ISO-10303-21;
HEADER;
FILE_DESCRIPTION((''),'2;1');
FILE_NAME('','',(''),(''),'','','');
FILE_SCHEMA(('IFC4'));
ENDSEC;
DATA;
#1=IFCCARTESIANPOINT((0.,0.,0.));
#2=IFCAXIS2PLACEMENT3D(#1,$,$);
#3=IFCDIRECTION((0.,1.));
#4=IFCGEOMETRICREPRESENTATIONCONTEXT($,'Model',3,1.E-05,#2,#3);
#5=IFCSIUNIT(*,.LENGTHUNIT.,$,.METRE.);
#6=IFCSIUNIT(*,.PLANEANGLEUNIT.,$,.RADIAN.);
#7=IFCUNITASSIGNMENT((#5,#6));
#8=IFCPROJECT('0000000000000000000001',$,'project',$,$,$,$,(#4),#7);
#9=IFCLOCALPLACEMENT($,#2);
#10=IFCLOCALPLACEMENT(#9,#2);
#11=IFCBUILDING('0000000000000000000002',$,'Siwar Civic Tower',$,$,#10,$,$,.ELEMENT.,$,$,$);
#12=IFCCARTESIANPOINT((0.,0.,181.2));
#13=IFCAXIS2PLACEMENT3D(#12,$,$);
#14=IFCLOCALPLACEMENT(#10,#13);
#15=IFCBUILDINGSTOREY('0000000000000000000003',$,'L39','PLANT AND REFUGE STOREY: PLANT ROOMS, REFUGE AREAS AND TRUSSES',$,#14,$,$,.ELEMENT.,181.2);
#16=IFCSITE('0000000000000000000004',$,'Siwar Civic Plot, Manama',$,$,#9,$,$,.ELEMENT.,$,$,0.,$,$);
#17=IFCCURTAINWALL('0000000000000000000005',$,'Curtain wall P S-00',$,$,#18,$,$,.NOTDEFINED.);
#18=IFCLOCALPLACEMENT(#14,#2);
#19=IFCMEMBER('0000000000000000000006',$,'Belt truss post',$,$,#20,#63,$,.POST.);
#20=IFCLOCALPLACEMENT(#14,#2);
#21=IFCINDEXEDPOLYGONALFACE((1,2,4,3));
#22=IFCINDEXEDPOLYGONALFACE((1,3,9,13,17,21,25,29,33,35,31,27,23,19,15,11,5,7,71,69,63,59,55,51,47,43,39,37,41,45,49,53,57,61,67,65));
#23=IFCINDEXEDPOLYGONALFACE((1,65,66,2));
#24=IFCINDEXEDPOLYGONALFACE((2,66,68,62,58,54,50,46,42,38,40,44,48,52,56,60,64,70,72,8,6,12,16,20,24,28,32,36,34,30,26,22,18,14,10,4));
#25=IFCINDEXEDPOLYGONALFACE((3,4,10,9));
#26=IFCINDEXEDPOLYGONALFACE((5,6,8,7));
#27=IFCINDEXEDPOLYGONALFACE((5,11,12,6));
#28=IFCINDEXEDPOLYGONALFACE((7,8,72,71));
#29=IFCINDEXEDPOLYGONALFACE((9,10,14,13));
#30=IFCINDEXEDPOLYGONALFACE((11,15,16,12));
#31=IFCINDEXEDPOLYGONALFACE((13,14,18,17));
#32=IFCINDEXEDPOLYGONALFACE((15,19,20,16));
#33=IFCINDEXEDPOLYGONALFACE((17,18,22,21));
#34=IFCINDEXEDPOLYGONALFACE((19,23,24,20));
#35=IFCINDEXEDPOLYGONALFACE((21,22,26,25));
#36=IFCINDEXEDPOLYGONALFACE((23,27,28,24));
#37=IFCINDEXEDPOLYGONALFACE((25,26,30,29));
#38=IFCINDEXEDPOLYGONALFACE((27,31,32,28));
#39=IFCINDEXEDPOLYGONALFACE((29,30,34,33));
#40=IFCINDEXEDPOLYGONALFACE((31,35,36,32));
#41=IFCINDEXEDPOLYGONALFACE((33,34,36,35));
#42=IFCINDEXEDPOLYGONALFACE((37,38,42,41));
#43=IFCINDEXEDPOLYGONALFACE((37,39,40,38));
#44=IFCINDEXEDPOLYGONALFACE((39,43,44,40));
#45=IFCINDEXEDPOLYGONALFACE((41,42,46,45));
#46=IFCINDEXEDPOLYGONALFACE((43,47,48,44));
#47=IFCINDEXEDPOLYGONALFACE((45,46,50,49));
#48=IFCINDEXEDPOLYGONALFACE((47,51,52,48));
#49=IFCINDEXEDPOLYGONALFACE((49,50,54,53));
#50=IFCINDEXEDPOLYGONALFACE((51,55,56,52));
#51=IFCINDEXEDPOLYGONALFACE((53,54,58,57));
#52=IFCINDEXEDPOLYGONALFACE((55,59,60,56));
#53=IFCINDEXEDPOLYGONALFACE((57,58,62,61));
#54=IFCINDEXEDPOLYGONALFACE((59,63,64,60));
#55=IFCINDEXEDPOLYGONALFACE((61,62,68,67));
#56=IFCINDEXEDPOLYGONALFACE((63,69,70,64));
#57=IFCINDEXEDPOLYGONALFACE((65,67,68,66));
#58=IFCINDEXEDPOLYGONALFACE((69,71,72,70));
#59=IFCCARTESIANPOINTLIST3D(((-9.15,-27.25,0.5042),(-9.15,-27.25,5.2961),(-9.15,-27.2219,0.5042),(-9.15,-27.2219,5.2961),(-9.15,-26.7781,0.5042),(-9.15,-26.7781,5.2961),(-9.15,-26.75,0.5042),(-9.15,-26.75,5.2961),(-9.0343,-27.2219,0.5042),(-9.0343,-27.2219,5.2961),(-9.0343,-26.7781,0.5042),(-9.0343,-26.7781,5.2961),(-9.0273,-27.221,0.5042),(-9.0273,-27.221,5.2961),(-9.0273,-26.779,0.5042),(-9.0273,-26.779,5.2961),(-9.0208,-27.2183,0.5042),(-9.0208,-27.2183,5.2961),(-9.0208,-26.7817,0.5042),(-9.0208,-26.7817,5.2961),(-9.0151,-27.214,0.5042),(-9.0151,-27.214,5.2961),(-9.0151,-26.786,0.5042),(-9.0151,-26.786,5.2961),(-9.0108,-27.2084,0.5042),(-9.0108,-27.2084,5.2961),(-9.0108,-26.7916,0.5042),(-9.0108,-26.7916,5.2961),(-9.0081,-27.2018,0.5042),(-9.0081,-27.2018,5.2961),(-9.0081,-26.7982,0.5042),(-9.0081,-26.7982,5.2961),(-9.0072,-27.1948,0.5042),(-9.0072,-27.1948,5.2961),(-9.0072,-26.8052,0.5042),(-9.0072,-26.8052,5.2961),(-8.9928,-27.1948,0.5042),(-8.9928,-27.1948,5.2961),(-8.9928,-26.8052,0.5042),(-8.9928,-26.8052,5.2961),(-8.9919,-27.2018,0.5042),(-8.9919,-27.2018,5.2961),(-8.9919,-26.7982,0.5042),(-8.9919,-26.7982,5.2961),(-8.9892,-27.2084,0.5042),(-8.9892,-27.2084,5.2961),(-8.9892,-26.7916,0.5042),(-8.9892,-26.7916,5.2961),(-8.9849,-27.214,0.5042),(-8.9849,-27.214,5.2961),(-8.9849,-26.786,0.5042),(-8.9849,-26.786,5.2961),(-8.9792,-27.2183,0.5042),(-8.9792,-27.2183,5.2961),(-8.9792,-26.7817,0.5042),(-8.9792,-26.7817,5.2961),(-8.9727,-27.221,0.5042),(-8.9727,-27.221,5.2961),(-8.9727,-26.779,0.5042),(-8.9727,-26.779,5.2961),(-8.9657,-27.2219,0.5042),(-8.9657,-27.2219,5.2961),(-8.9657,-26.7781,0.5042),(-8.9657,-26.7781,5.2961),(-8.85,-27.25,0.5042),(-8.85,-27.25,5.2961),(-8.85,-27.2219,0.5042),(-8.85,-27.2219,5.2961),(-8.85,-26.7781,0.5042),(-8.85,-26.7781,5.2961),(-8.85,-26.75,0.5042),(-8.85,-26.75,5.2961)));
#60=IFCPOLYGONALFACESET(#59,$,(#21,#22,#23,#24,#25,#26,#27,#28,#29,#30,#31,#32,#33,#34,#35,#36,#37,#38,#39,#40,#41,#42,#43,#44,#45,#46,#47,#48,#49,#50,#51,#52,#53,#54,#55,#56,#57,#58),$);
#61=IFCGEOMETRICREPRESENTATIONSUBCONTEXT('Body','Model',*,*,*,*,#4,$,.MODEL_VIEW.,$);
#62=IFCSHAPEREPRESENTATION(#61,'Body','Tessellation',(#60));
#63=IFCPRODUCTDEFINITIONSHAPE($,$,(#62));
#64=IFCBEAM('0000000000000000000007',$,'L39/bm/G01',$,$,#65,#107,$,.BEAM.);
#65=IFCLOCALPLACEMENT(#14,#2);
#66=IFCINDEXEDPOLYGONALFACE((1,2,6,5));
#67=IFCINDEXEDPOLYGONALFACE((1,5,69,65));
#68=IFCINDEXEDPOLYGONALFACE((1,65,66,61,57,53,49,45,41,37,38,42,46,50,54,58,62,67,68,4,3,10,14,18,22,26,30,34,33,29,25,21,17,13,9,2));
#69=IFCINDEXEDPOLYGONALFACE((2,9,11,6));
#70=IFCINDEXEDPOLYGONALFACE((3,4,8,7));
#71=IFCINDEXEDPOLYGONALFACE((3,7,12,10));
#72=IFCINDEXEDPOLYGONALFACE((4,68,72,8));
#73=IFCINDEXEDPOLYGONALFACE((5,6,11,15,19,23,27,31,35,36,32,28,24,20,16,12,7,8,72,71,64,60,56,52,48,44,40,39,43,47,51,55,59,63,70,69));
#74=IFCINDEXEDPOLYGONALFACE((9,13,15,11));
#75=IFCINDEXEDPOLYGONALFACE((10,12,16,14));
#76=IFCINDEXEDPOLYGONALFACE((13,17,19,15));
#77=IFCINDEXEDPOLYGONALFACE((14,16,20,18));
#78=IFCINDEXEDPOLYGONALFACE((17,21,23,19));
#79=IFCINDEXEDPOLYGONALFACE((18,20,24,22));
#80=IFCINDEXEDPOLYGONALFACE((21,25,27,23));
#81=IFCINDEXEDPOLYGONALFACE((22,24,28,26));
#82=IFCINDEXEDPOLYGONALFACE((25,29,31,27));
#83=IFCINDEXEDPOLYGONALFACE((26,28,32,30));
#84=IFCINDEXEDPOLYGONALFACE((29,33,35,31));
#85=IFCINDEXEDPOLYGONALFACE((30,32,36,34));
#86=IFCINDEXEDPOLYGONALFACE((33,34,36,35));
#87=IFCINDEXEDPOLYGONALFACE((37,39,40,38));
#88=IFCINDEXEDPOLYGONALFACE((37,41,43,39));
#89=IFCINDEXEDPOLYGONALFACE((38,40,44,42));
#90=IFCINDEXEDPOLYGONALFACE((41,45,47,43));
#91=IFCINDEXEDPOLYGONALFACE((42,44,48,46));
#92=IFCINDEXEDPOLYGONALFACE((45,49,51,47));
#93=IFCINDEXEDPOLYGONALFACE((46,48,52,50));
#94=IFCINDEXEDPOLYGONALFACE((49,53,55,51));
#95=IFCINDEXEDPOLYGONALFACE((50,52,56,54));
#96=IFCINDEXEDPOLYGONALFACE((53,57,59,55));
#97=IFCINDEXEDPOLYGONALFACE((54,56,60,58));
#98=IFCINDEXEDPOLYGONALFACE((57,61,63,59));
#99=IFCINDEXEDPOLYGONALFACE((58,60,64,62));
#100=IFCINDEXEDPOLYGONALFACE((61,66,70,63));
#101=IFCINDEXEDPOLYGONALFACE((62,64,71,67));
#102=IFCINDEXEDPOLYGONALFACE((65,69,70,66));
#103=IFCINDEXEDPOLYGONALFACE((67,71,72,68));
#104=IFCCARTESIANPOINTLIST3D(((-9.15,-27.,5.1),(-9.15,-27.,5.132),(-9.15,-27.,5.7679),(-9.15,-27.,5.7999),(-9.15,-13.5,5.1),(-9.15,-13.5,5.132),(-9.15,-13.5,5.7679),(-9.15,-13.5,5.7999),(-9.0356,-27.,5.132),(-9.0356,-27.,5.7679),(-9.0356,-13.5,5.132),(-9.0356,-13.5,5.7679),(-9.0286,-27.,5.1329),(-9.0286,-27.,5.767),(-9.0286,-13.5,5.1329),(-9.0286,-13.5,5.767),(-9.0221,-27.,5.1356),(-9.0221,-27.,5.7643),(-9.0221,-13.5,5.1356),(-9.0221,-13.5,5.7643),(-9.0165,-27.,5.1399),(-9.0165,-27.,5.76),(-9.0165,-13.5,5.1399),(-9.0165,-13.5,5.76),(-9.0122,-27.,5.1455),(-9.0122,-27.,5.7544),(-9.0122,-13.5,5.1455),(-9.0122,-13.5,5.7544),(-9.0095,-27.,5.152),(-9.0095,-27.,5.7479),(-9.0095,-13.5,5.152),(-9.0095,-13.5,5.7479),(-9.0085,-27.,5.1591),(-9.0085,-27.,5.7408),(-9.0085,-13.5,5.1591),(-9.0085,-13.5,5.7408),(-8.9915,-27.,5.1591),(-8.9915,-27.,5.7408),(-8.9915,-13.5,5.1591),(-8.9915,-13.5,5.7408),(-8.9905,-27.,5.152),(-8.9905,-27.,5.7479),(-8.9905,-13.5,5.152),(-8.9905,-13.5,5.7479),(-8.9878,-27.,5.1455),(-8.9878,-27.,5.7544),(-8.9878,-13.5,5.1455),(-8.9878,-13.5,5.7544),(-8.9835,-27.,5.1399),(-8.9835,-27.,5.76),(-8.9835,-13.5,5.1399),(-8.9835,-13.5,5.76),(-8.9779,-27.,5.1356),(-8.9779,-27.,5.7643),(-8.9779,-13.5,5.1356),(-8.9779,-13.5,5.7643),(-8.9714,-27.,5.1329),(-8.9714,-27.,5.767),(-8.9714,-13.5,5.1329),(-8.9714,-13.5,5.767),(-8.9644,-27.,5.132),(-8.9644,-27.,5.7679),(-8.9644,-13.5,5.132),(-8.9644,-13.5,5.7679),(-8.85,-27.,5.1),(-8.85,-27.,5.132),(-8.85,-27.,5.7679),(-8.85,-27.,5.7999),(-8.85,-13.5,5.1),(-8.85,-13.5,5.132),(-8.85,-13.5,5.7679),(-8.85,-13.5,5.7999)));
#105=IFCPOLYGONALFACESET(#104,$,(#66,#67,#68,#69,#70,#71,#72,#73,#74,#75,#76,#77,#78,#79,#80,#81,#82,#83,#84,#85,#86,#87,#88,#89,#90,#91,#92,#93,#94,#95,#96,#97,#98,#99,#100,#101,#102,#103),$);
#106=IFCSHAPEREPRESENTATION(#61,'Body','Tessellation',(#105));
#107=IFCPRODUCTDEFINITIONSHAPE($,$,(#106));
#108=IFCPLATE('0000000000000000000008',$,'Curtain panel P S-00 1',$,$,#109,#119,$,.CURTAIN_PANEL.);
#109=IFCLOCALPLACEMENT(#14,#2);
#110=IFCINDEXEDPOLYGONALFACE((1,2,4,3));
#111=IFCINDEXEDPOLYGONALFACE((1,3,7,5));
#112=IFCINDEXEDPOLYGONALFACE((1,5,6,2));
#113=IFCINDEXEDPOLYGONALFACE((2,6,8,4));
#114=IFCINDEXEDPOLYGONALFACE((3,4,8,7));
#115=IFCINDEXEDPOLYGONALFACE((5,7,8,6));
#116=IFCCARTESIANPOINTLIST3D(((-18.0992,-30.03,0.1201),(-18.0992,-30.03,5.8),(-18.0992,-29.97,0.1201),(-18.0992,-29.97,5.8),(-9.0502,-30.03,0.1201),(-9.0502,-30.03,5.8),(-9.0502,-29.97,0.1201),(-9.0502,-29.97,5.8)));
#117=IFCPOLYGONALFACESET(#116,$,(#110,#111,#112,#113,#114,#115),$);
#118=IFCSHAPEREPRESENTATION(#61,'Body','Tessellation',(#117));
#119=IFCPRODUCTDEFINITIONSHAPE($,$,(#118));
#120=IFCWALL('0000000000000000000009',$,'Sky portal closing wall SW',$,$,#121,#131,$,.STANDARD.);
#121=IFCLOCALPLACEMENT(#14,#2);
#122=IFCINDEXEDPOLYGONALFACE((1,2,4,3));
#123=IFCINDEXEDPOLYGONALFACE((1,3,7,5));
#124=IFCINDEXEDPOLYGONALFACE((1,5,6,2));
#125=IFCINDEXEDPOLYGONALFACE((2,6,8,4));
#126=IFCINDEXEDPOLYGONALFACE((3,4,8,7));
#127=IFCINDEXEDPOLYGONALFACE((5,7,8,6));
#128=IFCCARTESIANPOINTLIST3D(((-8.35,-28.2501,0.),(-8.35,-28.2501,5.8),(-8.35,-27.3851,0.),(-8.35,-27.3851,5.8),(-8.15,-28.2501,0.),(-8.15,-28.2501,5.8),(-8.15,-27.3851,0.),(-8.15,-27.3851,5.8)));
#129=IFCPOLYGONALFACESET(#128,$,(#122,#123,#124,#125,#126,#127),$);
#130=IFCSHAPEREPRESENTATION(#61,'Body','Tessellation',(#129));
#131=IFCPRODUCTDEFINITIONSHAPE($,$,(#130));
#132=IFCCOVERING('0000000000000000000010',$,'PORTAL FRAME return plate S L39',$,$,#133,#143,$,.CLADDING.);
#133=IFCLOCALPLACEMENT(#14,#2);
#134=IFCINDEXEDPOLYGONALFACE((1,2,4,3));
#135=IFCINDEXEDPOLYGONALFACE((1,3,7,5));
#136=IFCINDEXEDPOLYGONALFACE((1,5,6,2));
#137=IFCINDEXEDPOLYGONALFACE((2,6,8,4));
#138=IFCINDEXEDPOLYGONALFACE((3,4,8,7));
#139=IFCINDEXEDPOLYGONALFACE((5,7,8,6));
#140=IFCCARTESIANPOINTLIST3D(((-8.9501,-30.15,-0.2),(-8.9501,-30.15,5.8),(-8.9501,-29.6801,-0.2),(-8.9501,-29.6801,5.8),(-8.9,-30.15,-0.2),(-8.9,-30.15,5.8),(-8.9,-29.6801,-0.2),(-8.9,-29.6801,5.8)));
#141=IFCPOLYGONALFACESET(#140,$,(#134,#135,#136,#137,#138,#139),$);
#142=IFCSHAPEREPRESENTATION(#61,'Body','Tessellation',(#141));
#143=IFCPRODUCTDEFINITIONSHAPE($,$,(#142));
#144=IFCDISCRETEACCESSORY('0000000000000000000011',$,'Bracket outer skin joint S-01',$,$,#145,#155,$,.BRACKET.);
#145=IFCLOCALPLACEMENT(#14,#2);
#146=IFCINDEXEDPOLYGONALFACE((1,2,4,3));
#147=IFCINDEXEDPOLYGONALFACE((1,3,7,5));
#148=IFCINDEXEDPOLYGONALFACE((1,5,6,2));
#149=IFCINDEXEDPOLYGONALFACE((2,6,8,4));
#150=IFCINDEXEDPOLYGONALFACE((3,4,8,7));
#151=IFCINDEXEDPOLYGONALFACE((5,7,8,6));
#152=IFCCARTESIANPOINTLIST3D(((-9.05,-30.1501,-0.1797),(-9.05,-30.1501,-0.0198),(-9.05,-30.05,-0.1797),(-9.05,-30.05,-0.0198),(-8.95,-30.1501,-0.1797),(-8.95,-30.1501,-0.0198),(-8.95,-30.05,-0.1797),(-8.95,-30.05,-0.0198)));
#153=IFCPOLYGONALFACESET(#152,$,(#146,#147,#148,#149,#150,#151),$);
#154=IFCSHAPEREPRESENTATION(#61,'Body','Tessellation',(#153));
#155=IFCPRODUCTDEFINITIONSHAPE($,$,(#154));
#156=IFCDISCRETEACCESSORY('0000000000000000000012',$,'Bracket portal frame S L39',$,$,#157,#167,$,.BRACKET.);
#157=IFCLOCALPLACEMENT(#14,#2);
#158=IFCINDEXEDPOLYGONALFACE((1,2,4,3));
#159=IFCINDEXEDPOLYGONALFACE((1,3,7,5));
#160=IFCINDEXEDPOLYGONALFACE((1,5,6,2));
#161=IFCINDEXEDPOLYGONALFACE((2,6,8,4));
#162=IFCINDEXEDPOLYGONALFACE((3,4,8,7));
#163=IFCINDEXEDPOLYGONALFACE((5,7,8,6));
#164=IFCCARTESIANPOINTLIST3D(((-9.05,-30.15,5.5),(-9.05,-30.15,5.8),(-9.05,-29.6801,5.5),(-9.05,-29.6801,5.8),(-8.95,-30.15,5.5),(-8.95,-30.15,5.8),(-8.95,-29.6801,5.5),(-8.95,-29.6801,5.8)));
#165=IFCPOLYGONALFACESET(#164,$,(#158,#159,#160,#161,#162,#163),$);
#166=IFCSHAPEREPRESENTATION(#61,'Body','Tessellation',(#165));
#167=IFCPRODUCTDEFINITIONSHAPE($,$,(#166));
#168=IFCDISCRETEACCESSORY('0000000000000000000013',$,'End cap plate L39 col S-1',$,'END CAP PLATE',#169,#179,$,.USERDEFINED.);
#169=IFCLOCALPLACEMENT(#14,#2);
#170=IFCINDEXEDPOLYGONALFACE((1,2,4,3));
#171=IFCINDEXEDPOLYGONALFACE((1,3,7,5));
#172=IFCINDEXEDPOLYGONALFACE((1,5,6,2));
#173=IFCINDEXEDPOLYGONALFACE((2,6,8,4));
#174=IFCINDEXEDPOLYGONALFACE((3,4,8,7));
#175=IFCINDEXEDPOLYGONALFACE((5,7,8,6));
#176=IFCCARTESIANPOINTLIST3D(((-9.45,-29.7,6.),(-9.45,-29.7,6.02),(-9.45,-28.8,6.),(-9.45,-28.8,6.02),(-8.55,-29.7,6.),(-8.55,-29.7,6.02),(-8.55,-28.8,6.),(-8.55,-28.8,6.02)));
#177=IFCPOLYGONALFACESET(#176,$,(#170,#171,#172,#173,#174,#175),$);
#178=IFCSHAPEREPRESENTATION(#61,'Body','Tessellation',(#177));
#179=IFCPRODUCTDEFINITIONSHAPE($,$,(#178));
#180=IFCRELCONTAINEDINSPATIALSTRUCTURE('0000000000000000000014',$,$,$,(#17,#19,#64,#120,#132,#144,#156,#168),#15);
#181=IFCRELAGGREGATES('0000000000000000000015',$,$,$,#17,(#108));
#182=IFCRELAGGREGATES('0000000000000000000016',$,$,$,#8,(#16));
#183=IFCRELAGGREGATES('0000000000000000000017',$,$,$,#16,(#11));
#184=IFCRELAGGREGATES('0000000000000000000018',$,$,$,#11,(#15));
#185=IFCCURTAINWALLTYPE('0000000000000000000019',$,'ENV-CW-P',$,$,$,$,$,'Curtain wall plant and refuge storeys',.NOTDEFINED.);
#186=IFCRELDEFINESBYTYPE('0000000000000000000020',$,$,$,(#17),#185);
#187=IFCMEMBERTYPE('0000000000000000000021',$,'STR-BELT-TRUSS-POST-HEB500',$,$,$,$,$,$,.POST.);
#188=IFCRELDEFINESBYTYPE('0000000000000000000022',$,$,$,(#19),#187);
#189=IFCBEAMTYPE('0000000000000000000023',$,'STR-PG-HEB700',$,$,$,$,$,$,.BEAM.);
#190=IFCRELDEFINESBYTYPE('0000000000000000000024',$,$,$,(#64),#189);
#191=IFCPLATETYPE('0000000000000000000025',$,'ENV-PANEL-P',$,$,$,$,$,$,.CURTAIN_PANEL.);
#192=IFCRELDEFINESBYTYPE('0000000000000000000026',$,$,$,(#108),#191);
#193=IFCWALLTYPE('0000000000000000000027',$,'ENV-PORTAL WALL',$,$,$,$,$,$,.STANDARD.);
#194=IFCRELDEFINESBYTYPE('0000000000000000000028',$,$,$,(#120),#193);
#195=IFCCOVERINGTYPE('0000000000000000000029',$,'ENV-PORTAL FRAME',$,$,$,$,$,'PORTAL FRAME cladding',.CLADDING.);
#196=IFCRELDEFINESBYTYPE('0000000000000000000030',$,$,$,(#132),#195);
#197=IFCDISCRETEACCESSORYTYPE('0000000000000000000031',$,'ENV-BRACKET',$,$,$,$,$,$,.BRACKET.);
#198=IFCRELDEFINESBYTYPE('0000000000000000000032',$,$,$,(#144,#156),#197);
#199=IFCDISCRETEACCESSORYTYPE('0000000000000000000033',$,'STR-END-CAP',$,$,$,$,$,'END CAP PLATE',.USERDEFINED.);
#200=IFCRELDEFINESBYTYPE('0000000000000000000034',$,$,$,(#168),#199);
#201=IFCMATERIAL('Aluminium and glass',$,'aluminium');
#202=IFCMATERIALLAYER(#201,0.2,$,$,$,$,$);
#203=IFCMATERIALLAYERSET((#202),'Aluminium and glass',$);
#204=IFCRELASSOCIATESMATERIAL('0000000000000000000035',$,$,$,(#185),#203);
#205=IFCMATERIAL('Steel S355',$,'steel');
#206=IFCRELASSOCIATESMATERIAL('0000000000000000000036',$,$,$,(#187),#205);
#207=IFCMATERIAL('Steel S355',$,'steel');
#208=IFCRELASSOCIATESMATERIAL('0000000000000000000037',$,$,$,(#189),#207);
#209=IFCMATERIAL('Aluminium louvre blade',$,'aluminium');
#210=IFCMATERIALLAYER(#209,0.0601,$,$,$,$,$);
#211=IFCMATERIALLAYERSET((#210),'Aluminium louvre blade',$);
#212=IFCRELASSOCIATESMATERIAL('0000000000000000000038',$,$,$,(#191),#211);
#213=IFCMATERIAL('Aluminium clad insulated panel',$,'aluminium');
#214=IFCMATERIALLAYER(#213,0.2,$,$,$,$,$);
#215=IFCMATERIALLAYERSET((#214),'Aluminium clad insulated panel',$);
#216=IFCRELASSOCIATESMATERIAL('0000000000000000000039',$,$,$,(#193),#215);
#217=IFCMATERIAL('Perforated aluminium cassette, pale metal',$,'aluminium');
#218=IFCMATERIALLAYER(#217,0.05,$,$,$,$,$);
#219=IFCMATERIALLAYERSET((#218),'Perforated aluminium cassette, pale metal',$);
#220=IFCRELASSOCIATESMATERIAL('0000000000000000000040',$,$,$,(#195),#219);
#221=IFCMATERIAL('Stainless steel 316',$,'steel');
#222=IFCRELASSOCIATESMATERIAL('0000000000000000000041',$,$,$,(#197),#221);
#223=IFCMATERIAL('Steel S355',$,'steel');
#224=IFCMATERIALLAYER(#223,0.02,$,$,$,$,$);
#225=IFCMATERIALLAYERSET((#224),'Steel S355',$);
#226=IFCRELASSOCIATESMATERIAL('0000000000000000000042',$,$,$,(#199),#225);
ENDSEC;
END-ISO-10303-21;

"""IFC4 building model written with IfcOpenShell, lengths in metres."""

from ifc_helpers import new_model, si_unit, direction, frame, frame_2d, origin, origin_2d, place, context, subcontext, project, spatial, rectangle, i_section, extrude, material, layer, layer_set, material_profile, profile_set, type_object, element, aggregate, save


model = new_model("IFC4")

# Units and contexts
model_context = context("Model", 3, precision=1e-05, world=origin(), true_north=direction((0.0, 1.0)))
body_context = subcontext(model_context, "Body", "Model", "MODEL_VIEW")
ifc_project = project(units=[si_unit("LENGTHUNIT", "METRE"), si_unit("PLANEANGLEUNIT", "RADIAN")], contexts=[model_context])

# Site, building, storey
site_placement = place(None, origin())
site = spatial("IfcSite", under=ifc_project, at=site_placement, Name="Siwar Civic Plot, Manama", CompositionType="ELEMENT", RefElevation=0.0)
building_placement = place(site_placement, origin())
building = spatial("IfcBuilding", under=site, at=building_placement, Name="Siwar Civic Tower", CompositionType="ELEMENT")
storey_placement = place(building_placement, frame((0.0, 0.0, 181.2)))
storey = spatial("IfcBuildingStorey", under=building, at=storey_placement, Name="L39", Description="PLANT AND REFUGE STOREY: PLANT ROOMS, REFUGE AREAS AND TRUSSES", CompositionType="ELEMENT", Elevation=181.2)

# Curtain wall
ifc_material_1 = material(Name="Aluminium and glass", Category="aluminium")
ifc_layer_1 = layer(ifc_material_1, 0.2)
ifc_layer_set_1 = layer_set([ifc_layer_1], Name="Aluminium and glass")
curtain_wall_type = type_object("IfcCurtainWallType", Name="ENV-CW-P", ElementType="Curtain wall plant and refuge storeys", PredefinedType="NOTDEFINED", material=ifc_layer_set_1)
curtain_wall_placement = place(storey_placement, origin())
curtain_wall = element("IfcCurtainWall", 1, at=curtain_wall_placement, inside=storey, type_object=curtain_wall_type, Name="Curtain wall P S-00", PredefinedType="NOTDEFINED")

# Member
ifc_material_2 = material(Name="Steel S355", Category="steel")
ifc_material_profile_1 = material_profile(ifc_material_2, i_section(OverallWidth=0.3, OverallDepth=0.5, WebThickness=0.0144, FlangeThickness=0.0281, FilletRadius=0.0271, at=origin_2d()), Name="HEB500")
ifc_profile_set_1 = profile_set([ifc_material_profile_1], Name="Steel S355")
member_type_1 = type_object("IfcMemberType", Name="STR-BELT-TRUSS-POST-HEB500", PredefinedType="POST", material=ifc_profile_set_1)
member_1_placement = place(storey_placement, frame((-9.0, -27.0, 0.5042), z_axis=(0.0, 0.0, 1.0), x_axis=(1.0, 0.0, 0.0)))
element("IfcMember", 2, at=member_1_placement, inside=storey, type_object=member_type_1, Name="Belt truss post", PredefinedType="POST", context=body_context, shape_type="SweptSolid", body=[
    extrude(i_section(OverallWidth=0.3, OverallDepth=0.5, WebThickness=0.0144, FlangeThickness=0.0281, FilletRadius=0.0271, at=origin_2d()), origin(), (0.0, 0.0, 1.0), 4.792),
])

# Beam
ifc_material_3 = material(Name="Steel S355", Category="steel")
ifc_material_profile_2 = material_profile(ifc_material_3, i_section(OverallWidth=0.3, OverallDepth=0.7, WebThickness=0.0171, FlangeThickness=0.032, FilletRadius=0.0271, at=origin_2d()), Name="HEB700")
ifc_profile_set_2 = profile_set([ifc_material_profile_2], Name="Steel S355")
beam_type_1 = type_object("IfcBeamType", Name="STR-PG-HEB700", PredefinedType="BEAM", material=ifc_profile_set_2)
beam_placement = place(storey_placement, frame((-9.0, -27.0, 5.45), z_axis=(0.0, 1.0, 0.0), x_axis=(-1.0, 0.0, 0.0)))
element("IfcBeam", 3, at=beam_placement, inside=storey, type_object=beam_type_1, Name="L39/bm/G01", PredefinedType="BEAM", context=body_context, shape_type="SweptSolid", body=[
    extrude(i_section(OverallWidth=0.3, OverallDepth=0.7, WebThickness=0.0171, FlangeThickness=0.032, FilletRadius=0.0271, at=origin_2d()), origin(), (0.0, 0.0, 1.0), 13.5),
])

# Plate
ifc_material_4 = material(Name="Aluminium louvre blade", Category="aluminium")
ifc_layer_2 = layer(ifc_material_4, 0.0601)
ifc_layer_set_2 = layer_set([ifc_layer_2], Name="Aluminium louvre blade")
plate_type = type_object("IfcPlateType", Name="ENV-PANEL-P", PredefinedType="CURTAIN_PANEL", material=ifc_layer_set_2)
plate_placement = place(storey_placement, frame((-13.5747, -30.0, 0.1201), z_axis=(0.0, 0.0, 1.0), x_axis=(1.0, 0.0, 0.0)))
plate = element("IfcPlate", 4, at=plate_placement, type_object=plate_type, Name="Curtain panel P S-00 1", PredefinedType="CURTAIN_PANEL", context=body_context, shape_type="SweptSolid", body=[
    extrude(rectangle(XDim=9.0491, YDim=0.0601, at=origin_2d()), origin(), (0.0, 0.0, 1.0), 5.6799),
])
aggregate(curtain_wall, [plate])

# Wall
ifc_material_5 = material(Name="Aluminium clad insulated panel", Category="aluminium")
ifc_layer_3 = layer(ifc_material_5, 0.2)
ifc_layer_set_3 = layer_set([ifc_layer_3], Name="Aluminium clad insulated panel")
wall_type = type_object("IfcWallType", Name="ENV-PORTAL WALL", PredefinedType="STANDARD", material=ifc_layer_set_3)
wall_placement = place(storey_placement, frame((-8.25, -27.385, 0.0), z_axis=(0.0, 0.0, 1.0), x_axis=(0.0, -1.0, 0.0)))
element("IfcWall", 5, at=wall_placement, inside=storey, type_object=wall_type, Name="Sky portal closing wall SW", PredefinedType="STANDARD", context=body_context, shape_type="SweptSolid", body=[
    extrude(rectangle(XDim=0.865, YDim=0.2, at=frame_2d((0.4326, 0.0))), origin(), (0.0, 0.0, 1.0), 5.8),
])

# Covering
ifc_material_6 = material(Name="Perforated aluminium cassette, pale metal", Category="aluminium")
ifc_layer_4 = layer(ifc_material_6, 0.05)
ifc_layer_set_4 = layer_set([ifc_layer_4], Name="Perforated aluminium cassette, pale metal")
covering_type = type_object("IfcCoveringType", Name="ENV-PORTAL FRAME", ElementType="PORTAL FRAME cladding", PredefinedType="CLADDING", material=ifc_layer_set_4)
covering_placement = place(storey_placement, frame((-8.925, -29.915, -0.2), z_axis=(0.0, 0.0, 1.0), x_axis=(1.0, 0.0, 0.0)))
element("IfcCovering", 6, at=covering_placement, inside=storey, type_object=covering_type, Name="PORTAL FRAME return plate S L39", PredefinedType="CLADDING", context=body_context, shape_type="SweptSolid", body=[
    extrude(rectangle(XDim=0.05, YDim=0.47, at=origin_2d()), origin(), (0.0, 0.0, 1.0), 6.0),
])

# Discrete accessories
ifc_material_7 = material(Name="Stainless steel 316", Category="steel")
discrete_accessory_type_1 = type_object("IfcDiscreteAccessoryType", Name="ENV-BRACKET", PredefinedType="BRACKET", material=ifc_material_7)
discrete_accessory_1_placement = place(storey_placement, frame((-9.0, -30.1001, -0.1797), z_axis=(0.0, 0.0, 1.0), x_axis=(0.0, -1.0, 0.0)))
element("IfcDiscreteAccessory", 7, at=discrete_accessory_1_placement, inside=storey, type_object=discrete_accessory_type_1, Name="Bracket outer skin joint S-01", PredefinedType="BRACKET", context=body_context, shape_type="SweptSolid", body=[
    extrude(rectangle(XDim=0.1001, YDim=0.1001, at=origin_2d()), origin(), (0.0, 0.0, 1.0), 0.1599),
])
discrete_accessory_2_placement = place(storey_placement, frame((-9.0, -29.915, 5.5), z_axis=(0.0, 0.0, 1.0), x_axis=(0.0, 1.0, 0.0)))
element("IfcDiscreteAccessory", 8, at=discrete_accessory_2_placement, inside=storey, type_object=discrete_accessory_type_1, Name="Bracket portal frame S L39", PredefinedType="BRACKET", context=body_context, shape_type="SweptSolid", body=[
    extrude(rectangle(XDim=0.47, YDim=0.1001, at=origin_2d()), origin(), (0.0, 0.0, 1.0), 0.3),
])
ifc_material_8 = material(Name="Steel S355", Category="steel")
ifc_layer_5 = layer(ifc_material_8, 0.02)
ifc_layer_set_5 = layer_set([ifc_layer_5], Name="Steel S355")
discrete_accessory_type_2 = type_object("IfcDiscreteAccessoryType", Name="STR-END-CAP", ElementType="END CAP PLATE", PredefinedType="USERDEFINED", material=ifc_layer_set_5)
discrete_accessory_3_placement = place(storey_placement, frame((-9.0, -29.25, 6.0), z_axis=(0.0, 0.0, 1.0), x_axis=(1.0, 0.0, 0.0)))
element("IfcDiscreteAccessory", 9, at=discrete_accessory_3_placement, inside=storey, type_object=discrete_accessory_type_2, Name="End cap plate L39 col S-1", ObjectType="END CAP PLATE", PredefinedType="USERDEFINED", context=body_context, shape_type="SweptSolid", body=[
    extrude(rectangle(XDim=0.8999, YDim=0.8999, at=origin_2d()), origin(), (0.0, 0.0, 1.0), 0.02),
])

save(model, "model.ifc")
